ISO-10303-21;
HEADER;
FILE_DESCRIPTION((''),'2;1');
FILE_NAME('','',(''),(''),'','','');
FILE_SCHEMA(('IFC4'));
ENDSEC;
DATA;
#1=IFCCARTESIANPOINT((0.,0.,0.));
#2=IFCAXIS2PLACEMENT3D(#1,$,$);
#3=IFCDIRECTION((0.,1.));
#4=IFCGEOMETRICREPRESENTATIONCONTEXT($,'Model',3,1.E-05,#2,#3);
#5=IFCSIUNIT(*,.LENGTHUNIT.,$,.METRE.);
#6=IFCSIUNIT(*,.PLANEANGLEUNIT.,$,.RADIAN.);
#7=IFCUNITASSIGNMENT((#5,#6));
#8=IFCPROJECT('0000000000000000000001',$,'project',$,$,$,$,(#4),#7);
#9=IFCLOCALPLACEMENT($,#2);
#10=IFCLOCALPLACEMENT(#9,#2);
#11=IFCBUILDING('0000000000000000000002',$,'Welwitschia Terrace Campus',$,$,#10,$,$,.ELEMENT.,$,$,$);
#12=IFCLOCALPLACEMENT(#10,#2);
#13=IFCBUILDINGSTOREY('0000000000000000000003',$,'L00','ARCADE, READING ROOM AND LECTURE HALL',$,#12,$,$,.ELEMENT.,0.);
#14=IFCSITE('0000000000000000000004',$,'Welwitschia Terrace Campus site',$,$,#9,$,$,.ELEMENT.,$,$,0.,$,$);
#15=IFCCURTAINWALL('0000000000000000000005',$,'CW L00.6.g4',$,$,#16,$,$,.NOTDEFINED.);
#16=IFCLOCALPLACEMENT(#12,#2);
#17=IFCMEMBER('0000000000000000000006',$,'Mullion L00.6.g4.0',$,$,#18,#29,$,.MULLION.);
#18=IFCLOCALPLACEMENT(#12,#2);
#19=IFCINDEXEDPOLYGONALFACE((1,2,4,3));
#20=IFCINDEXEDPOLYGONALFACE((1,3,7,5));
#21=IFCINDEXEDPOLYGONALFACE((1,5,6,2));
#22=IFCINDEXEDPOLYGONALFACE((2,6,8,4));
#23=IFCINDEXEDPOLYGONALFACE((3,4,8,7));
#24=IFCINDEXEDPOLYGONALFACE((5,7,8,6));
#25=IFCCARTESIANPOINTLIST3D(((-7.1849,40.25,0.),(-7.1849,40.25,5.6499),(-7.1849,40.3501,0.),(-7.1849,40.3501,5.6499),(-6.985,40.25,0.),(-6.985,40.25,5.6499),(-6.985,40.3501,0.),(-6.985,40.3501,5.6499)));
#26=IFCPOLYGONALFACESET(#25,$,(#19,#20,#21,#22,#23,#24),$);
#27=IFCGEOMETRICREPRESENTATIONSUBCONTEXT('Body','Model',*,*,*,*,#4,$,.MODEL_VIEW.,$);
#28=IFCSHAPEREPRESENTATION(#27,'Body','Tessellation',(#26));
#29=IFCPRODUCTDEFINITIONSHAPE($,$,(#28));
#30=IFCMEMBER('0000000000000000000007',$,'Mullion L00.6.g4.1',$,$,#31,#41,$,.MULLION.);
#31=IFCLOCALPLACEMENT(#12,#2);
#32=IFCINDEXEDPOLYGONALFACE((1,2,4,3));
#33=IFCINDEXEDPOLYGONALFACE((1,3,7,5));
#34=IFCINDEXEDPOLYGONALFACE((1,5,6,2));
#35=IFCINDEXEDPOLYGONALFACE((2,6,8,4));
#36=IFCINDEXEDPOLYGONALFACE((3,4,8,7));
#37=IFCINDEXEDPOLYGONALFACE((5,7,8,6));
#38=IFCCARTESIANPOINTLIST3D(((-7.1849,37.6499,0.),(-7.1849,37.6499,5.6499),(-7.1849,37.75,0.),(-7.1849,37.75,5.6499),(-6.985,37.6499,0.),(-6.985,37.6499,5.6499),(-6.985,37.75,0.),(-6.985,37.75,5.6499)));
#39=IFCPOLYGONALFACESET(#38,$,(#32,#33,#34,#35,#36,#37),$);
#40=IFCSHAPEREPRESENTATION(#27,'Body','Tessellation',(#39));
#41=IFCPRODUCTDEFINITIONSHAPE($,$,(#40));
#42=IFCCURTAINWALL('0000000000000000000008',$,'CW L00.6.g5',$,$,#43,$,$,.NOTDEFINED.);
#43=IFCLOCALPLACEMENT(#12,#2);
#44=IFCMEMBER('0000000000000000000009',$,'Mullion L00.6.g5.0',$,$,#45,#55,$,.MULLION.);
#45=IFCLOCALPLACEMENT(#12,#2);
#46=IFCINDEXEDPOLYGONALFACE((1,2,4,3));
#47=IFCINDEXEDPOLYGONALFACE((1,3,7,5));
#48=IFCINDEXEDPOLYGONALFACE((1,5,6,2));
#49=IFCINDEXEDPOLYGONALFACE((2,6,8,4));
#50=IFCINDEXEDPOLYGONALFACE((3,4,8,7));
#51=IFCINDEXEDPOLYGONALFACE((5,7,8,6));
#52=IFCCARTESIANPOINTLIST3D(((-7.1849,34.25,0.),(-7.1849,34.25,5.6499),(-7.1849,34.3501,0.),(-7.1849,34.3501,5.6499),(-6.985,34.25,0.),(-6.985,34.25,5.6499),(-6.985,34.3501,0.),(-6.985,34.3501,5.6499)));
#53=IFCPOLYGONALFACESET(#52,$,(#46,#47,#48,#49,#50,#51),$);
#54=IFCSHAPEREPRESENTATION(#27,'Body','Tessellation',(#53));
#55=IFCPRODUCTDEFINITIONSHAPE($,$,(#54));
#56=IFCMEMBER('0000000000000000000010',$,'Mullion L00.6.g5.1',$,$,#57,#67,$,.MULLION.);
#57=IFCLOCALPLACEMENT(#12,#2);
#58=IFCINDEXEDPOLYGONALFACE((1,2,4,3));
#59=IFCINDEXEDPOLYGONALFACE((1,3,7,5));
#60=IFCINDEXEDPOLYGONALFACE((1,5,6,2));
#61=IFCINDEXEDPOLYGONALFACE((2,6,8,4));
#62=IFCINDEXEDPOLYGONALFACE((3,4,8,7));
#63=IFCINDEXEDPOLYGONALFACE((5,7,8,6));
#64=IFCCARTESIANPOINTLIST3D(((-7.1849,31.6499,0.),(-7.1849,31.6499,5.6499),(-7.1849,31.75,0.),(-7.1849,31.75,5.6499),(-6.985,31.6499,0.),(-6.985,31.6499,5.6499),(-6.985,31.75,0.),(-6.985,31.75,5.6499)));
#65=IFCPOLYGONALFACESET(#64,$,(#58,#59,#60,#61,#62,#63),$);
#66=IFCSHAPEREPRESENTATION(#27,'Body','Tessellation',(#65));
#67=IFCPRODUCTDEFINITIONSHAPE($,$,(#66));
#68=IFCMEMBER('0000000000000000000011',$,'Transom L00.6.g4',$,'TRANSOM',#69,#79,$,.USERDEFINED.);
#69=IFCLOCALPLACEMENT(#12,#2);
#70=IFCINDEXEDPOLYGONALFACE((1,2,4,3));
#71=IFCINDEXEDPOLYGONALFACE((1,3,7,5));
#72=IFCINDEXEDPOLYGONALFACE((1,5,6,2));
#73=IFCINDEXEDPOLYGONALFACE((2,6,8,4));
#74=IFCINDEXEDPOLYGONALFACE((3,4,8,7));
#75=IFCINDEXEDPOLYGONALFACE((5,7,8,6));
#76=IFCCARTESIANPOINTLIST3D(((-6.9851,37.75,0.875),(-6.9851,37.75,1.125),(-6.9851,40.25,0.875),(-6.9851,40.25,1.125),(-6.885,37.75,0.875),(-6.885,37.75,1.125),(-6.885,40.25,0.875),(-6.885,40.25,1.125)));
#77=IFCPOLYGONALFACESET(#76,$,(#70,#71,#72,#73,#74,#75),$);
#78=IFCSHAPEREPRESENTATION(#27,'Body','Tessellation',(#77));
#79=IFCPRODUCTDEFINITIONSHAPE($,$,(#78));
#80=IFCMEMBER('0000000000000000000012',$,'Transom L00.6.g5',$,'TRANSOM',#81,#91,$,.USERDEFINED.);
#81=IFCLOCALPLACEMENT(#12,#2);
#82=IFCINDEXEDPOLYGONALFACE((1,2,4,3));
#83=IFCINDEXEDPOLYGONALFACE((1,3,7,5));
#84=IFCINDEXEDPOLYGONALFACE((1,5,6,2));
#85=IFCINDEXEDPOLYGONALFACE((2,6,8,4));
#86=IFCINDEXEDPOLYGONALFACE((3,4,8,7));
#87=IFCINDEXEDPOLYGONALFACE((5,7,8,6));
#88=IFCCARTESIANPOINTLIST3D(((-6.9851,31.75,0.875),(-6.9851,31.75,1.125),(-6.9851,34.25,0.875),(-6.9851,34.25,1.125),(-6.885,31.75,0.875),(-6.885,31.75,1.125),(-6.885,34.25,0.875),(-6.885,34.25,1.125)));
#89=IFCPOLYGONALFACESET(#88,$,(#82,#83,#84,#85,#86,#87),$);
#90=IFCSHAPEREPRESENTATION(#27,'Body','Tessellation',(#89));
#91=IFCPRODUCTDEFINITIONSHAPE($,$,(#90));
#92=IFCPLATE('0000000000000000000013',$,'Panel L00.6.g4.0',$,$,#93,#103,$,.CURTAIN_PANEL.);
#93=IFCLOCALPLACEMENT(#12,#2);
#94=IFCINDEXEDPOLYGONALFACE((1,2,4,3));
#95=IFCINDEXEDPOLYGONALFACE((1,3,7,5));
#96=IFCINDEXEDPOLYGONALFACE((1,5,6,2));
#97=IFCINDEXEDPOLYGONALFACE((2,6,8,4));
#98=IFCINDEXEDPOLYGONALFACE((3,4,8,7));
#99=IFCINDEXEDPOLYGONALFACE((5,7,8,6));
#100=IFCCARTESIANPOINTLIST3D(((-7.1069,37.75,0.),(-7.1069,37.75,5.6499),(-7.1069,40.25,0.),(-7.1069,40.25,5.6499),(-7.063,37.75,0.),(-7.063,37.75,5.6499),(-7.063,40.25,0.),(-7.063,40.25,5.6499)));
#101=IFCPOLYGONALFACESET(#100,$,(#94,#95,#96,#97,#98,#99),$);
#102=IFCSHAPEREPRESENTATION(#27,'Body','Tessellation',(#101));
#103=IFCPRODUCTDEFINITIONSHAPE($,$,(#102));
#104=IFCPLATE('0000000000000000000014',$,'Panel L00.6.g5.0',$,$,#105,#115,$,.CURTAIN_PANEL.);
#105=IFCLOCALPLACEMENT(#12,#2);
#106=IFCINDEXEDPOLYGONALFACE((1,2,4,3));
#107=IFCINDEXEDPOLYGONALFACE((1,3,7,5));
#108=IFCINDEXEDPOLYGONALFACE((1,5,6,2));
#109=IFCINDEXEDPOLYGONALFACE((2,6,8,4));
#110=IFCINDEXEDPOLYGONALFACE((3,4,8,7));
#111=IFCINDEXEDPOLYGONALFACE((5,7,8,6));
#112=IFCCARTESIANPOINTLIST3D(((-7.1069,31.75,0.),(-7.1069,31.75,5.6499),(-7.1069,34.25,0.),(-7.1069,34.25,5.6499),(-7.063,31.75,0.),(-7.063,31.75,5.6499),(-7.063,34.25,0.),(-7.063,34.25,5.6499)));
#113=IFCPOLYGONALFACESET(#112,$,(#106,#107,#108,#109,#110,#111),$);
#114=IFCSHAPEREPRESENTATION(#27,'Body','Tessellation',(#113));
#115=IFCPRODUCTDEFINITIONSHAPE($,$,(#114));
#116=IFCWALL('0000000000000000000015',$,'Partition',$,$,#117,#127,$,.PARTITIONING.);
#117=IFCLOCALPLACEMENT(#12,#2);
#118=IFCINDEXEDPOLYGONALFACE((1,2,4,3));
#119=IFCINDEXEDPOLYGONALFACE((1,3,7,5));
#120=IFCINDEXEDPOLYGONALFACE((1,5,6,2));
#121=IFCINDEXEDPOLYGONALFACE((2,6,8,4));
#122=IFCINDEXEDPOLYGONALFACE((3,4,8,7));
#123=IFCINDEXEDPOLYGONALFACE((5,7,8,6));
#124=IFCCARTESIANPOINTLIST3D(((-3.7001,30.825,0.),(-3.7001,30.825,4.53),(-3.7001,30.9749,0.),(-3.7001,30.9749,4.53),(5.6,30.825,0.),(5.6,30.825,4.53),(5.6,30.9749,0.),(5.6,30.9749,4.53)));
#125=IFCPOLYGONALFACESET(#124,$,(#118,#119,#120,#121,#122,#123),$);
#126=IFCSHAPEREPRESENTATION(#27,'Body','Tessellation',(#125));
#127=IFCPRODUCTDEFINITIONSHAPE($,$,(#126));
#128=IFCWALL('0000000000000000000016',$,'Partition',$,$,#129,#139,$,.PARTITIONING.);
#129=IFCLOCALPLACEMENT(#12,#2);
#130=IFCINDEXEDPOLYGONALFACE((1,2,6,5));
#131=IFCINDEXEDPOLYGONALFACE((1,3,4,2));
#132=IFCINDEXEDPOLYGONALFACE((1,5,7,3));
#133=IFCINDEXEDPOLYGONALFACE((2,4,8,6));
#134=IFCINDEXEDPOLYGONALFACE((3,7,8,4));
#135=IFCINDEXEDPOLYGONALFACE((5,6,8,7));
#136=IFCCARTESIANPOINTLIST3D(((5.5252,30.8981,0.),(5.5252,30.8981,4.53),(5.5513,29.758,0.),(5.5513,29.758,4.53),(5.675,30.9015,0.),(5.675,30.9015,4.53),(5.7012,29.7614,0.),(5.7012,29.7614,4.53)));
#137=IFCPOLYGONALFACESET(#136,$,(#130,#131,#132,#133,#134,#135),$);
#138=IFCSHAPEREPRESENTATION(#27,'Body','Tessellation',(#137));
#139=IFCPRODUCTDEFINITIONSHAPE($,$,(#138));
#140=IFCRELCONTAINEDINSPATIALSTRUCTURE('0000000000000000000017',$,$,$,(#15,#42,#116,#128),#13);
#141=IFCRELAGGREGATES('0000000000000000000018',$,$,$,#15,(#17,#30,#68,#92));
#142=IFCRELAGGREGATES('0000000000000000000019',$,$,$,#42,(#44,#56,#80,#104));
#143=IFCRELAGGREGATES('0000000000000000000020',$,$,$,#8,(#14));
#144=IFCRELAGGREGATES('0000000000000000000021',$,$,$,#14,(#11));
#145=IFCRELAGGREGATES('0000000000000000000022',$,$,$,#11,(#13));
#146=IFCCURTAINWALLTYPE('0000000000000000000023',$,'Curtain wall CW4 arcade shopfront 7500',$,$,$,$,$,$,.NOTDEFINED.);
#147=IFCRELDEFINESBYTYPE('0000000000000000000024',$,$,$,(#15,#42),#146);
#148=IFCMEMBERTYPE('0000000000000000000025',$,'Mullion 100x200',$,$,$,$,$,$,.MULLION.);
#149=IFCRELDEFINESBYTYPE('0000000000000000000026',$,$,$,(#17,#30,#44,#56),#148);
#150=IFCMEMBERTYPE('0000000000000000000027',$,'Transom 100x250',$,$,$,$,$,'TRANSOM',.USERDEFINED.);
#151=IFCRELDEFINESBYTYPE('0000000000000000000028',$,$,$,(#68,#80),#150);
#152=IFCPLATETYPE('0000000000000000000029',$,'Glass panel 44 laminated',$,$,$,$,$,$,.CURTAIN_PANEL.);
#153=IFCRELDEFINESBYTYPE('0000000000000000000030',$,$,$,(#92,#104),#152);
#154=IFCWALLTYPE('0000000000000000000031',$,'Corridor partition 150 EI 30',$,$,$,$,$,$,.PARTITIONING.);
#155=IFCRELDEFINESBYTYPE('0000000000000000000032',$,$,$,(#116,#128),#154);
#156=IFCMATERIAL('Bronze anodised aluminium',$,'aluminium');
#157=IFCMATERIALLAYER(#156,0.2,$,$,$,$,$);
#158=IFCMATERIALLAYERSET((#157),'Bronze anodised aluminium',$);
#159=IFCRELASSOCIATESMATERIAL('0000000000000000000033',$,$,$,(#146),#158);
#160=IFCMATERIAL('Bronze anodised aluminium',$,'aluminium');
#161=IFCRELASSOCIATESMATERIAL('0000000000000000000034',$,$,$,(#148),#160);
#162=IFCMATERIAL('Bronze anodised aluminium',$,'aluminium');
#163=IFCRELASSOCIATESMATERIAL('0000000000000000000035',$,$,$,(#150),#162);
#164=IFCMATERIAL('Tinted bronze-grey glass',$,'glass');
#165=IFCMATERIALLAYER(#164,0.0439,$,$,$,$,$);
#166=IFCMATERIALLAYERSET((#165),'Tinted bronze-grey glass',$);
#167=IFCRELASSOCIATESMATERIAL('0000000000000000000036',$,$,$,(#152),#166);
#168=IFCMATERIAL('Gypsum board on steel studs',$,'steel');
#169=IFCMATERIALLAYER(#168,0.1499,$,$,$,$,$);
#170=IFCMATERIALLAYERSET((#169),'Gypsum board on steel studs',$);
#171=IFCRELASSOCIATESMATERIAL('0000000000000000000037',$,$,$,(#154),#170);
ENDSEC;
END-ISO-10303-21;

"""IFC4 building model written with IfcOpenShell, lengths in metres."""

from ifc_helpers import new_model, si_unit, direction, frame, frame_2d, origin, origin_2d, place, context, subcontext, project, spatial, rectangle, extrude, material, layer, layer_set, material_profile, profile_set, type_object, element, aggregate, save


model = new_model("IFC4")

# Units and contexts
model_context = context("Model", 3, precision=1e-05, world=origin(), true_north=direction((0.0, 1.0)))
body_context = subcontext(model_context, "Body", "Model", "MODEL_VIEW")
ifc_project = project(units=[si_unit("LENGTHUNIT", "METRE"), si_unit("PLANEANGLEUNIT", "RADIAN")], contexts=[model_context])

# Site, building, storey
site_placement = place(None, origin())
site = spatial("IfcSite", under=ifc_project, at=site_placement, Name="Welwitschia Terrace Campus site", CompositionType="ELEMENT", RefElevation=0.0)
building_placement = place(site_placement, origin())
building = spatial("IfcBuilding", under=site, at=building_placement, Name="Welwitschia Terrace Campus", CompositionType="ELEMENT")
storey_placement = place(building_placement, origin())
storey = spatial("IfcBuildingStorey", under=building, at=storey_placement, Name="L00", Description="ARCADE, READING ROOM AND LECTURE HALL", CompositionType="ELEMENT", Elevation=0.0)

# Shared definitions
ifc_material_1 = material(Name="Bronze anodised aluminium", Category="aluminium")
ifc_layer_1 = layer(ifc_material_1, 0.2)
ifc_layer_set_1 = layer_set([ifc_layer_1], Name="Bronze anodised aluminium")
curtain_wall_type = type_object("IfcCurtainWallType", Name="Curtain wall CW4 arcade shopfront 7500", PredefinedType="NOTDEFINED", material=ifc_layer_set_1)
ifc_material_2 = material(Name="Bronze anodised aluminium", Category="aluminium")
ifc_material_profile_1 = material_profile(ifc_material_2, rectangle(XDim=0.2, YDim=0.1001, at=origin_2d()))
ifc_profile_set_1 = profile_set([ifc_material_profile_1], Name="Bronze anodised aluminium")
member_type_1 = type_object("IfcMemberType", Name="Mullion 100x200", PredefinedType="MULLION", material=ifc_profile_set_1)

# Curtain walls, members
curtain_wall_1_placement = place(storey_placement, origin())
curtain_wall_1 = element("IfcCurtainWall", 1, at=curtain_wall_1_placement, inside=storey, type_object=curtain_wall_type, Name="CW L00.6.g4", PredefinedType="NOTDEFINED")
member_1_placement = place(storey_placement, frame((-7.085, 40.3, 0.0), z_axis=(0.0, 0.0, 1.0), x_axis=(1.0, 0.0, 0.0)))
member_1 = element("IfcMember", 2, at=member_1_placement, type_object=member_type_1, Name="Mullion L00.6.g4.0", PredefinedType="MULLION", context=body_context, shape_type="SweptSolid", body=[
    extrude(rectangle(XDim=0.2, YDim=0.1001, at=origin_2d()), origin(), (0.0, 0.0, 1.0), 5.6499),
])
member_2_placement = place(storey_placement, frame((-7.085, 37.7, 0.0), z_axis=(0.0, 0.0, 1.0), x_axis=(1.0, 0.0, 0.0)))
member_2 = element("IfcMember", 3, at=member_2_placement, type_object=member_type_1, Name="Mullion L00.6.g4.1", PredefinedType="MULLION", context=body_context, shape_type="SweptSolid", body=[
    extrude(rectangle(XDim=0.2, YDim=0.1001, at=origin_2d()), origin(), (0.0, 0.0, 1.0), 5.6499),
])
curtain_wall_2_placement = place(storey_placement, origin())
curtain_wall_2 = element("IfcCurtainWall", 4, at=curtain_wall_2_placement, inside=storey, type_object=curtain_wall_type, Name="CW L00.6.g5", PredefinedType="NOTDEFINED")
member_3_placement = place(storey_placement, frame((-7.085, 34.3, 0.0), z_axis=(0.0, 0.0, 1.0), x_axis=(1.0, 0.0, 0.0)))
member_3 = element("IfcMember", 5, at=member_3_placement, type_object=member_type_1, Name="Mullion L00.6.g5.0", PredefinedType="MULLION", context=body_context, shape_type="SweptSolid", body=[
    extrude(rectangle(XDim=0.2, YDim=0.1001, at=origin_2d()), origin(), (0.0, 0.0, 1.0), 5.6499),
])
member_4_placement = place(storey_placement, frame((-7.085, 31.7, 0.0), z_axis=(0.0, 0.0, 1.0), x_axis=(1.0, 0.0, 0.0)))
member_4 = element("IfcMember", 6, at=member_4_placement, type_object=member_type_1, Name="Mullion L00.6.g5.1", PredefinedType="MULLION", context=body_context, shape_type="SweptSolid", body=[
    extrude(rectangle(XDim=0.2, YDim=0.1001, at=origin_2d()), origin(), (0.0, 0.0, 1.0), 5.6499),
])

# Members
ifc_material_3 = material(Name="Bronze anodised aluminium", Category="aluminium")
ifc_material_profile_2 = material_profile(ifc_material_3, rectangle(XDim=0.1001, YDim=0.25, at=origin_2d()))
ifc_profile_set_2 = profile_set([ifc_material_profile_2], Name="Bronze anodised aluminium")
member_type_2 = type_object("IfcMemberType", Name="Transom 100x250", ElementType="TRANSOM", PredefinedType="USERDEFINED", material=ifc_profile_set_2)
member_5_placement = place(storey_placement, frame((-6.9351, 40.25, 1.0), z_axis=(0.0, -1.0, 0.0), x_axis=(1.0, 0.0, 0.0)))
member_5 = element("IfcMember", 7, at=member_5_placement, type_object=member_type_2, Name="Transom L00.6.g4", ObjectType="TRANSOM", PredefinedType="USERDEFINED", context=body_context, shape_type="SweptSolid", body=[
    extrude(rectangle(XDim=0.1001, YDim=0.25, at=origin_2d()), origin(), (0.0, 0.0, 1.0), 2.5),
])
member_6_placement = place(storey_placement, frame((-6.9351, 34.25, 1.0), z_axis=(0.0, -1.0, 0.0), x_axis=(1.0, 0.0, 0.0)))
member_6 = element("IfcMember", 8, at=member_6_placement, type_object=member_type_2, Name="Transom L00.6.g5", ObjectType="TRANSOM", PredefinedType="USERDEFINED", context=body_context, shape_type="SweptSolid", body=[
    extrude(rectangle(XDim=0.1001, YDim=0.25, at=origin_2d()), origin(), (0.0, 0.0, 1.0), 2.5),
])

# Plates
ifc_material_4 = material(Name="Tinted bronze-grey glass", Category="glass")
ifc_layer_2 = layer(ifc_material_4, 0.0439)
ifc_layer_set_2 = layer_set([ifc_layer_2], Name="Tinted bronze-grey glass")
plate_type = type_object("IfcPlateType", Name="Glass panel 44 laminated", PredefinedType="CURTAIN_PANEL", material=ifc_layer_set_2)
plate_1_placement = place(storey_placement, frame((-7.085, 39.0, 0.0), z_axis=(0.0, 0.0, 1.0), x_axis=(0.0, -1.0, 0.0)))
plate_1 = element("IfcPlate", 9, at=plate_1_placement, type_object=plate_type, Name="Panel L00.6.g4.0", PredefinedType="CURTAIN_PANEL", context=body_context, shape_type="SweptSolid", body=[
    extrude(rectangle(XDim=2.5, YDim=0.0439, at=origin_2d()), origin(), (0.0, 0.0, 1.0), 5.6499),
])
aggregate(curtain_wall_1, [member_1, member_2, member_5, plate_1])
plate_2_placement = place(storey_placement, frame((-7.085, 33.0, 0.0), z_axis=(0.0, 0.0, 1.0), x_axis=(0.0, -1.0, 0.0)))
plate_2 = element("IfcPlate", 10, at=plate_2_placement, type_object=plate_type, Name="Panel L00.6.g5.0", PredefinedType="CURTAIN_PANEL", context=body_context, shape_type="SweptSolid", body=[
    extrude(rectangle(XDim=2.5, YDim=0.0439, at=origin_2d()), origin(), (0.0, 0.0, 1.0), 5.6499),
])
aggregate(curtain_wall_2, [member_3, member_4, member_6, plate_2])

# Walls
ifc_material_5 = material(Name="Gypsum board on steel studs", Category="steel")
ifc_layer_3 = layer(ifc_material_5, 0.1499)
ifc_layer_set_3 = layer_set([ifc_layer_3], Name="Gypsum board on steel studs")
wall_type_1 = type_object("IfcWallType", Name="Corridor partition 150 EI 30", PredefinedType="PARTITIONING", material=ifc_layer_set_3)
wall_1_placement = place(storey_placement, frame((-3.7, 30.8999, 0.0), z_axis=(0.0, 0.0, 1.0), x_axis=(1.0, 0.0, 0.0)))
element("IfcWall", 11, at=wall_1_placement, inside=storey, type_object=wall_type_1, Name="Partition", PredefinedType="PARTITIONING", context=body_context, shape_type="SweptSolid", body=[
    extrude(rectangle(XDim=9.3, YDim=0.1499, at=frame_2d((4.6499, 0.0))), origin(), (0.0, 0.0, 1.0), 4.53),
])
wall_2_placement = place(storey_placement, frame((5.6001, 30.8999, 0.0), z_axis=(0.0, 0.0, 1.0), x_axis=(0.022906, -0.999738, 0.0)))
element("IfcWall", 12, at=wall_2_placement, inside=storey, type_object=wall_type_1, Name="Partition", PredefinedType="PARTITIONING", context=body_context, shape_type="SweptSolid", body=[
    extrude(rectangle(XDim=1.1404, YDim=0.1499, at=frame_2d((0.5703, 0.0))), origin(), (0.0, 0.0, 1.0), 4.53),
])

save(model, "model.ifc")
